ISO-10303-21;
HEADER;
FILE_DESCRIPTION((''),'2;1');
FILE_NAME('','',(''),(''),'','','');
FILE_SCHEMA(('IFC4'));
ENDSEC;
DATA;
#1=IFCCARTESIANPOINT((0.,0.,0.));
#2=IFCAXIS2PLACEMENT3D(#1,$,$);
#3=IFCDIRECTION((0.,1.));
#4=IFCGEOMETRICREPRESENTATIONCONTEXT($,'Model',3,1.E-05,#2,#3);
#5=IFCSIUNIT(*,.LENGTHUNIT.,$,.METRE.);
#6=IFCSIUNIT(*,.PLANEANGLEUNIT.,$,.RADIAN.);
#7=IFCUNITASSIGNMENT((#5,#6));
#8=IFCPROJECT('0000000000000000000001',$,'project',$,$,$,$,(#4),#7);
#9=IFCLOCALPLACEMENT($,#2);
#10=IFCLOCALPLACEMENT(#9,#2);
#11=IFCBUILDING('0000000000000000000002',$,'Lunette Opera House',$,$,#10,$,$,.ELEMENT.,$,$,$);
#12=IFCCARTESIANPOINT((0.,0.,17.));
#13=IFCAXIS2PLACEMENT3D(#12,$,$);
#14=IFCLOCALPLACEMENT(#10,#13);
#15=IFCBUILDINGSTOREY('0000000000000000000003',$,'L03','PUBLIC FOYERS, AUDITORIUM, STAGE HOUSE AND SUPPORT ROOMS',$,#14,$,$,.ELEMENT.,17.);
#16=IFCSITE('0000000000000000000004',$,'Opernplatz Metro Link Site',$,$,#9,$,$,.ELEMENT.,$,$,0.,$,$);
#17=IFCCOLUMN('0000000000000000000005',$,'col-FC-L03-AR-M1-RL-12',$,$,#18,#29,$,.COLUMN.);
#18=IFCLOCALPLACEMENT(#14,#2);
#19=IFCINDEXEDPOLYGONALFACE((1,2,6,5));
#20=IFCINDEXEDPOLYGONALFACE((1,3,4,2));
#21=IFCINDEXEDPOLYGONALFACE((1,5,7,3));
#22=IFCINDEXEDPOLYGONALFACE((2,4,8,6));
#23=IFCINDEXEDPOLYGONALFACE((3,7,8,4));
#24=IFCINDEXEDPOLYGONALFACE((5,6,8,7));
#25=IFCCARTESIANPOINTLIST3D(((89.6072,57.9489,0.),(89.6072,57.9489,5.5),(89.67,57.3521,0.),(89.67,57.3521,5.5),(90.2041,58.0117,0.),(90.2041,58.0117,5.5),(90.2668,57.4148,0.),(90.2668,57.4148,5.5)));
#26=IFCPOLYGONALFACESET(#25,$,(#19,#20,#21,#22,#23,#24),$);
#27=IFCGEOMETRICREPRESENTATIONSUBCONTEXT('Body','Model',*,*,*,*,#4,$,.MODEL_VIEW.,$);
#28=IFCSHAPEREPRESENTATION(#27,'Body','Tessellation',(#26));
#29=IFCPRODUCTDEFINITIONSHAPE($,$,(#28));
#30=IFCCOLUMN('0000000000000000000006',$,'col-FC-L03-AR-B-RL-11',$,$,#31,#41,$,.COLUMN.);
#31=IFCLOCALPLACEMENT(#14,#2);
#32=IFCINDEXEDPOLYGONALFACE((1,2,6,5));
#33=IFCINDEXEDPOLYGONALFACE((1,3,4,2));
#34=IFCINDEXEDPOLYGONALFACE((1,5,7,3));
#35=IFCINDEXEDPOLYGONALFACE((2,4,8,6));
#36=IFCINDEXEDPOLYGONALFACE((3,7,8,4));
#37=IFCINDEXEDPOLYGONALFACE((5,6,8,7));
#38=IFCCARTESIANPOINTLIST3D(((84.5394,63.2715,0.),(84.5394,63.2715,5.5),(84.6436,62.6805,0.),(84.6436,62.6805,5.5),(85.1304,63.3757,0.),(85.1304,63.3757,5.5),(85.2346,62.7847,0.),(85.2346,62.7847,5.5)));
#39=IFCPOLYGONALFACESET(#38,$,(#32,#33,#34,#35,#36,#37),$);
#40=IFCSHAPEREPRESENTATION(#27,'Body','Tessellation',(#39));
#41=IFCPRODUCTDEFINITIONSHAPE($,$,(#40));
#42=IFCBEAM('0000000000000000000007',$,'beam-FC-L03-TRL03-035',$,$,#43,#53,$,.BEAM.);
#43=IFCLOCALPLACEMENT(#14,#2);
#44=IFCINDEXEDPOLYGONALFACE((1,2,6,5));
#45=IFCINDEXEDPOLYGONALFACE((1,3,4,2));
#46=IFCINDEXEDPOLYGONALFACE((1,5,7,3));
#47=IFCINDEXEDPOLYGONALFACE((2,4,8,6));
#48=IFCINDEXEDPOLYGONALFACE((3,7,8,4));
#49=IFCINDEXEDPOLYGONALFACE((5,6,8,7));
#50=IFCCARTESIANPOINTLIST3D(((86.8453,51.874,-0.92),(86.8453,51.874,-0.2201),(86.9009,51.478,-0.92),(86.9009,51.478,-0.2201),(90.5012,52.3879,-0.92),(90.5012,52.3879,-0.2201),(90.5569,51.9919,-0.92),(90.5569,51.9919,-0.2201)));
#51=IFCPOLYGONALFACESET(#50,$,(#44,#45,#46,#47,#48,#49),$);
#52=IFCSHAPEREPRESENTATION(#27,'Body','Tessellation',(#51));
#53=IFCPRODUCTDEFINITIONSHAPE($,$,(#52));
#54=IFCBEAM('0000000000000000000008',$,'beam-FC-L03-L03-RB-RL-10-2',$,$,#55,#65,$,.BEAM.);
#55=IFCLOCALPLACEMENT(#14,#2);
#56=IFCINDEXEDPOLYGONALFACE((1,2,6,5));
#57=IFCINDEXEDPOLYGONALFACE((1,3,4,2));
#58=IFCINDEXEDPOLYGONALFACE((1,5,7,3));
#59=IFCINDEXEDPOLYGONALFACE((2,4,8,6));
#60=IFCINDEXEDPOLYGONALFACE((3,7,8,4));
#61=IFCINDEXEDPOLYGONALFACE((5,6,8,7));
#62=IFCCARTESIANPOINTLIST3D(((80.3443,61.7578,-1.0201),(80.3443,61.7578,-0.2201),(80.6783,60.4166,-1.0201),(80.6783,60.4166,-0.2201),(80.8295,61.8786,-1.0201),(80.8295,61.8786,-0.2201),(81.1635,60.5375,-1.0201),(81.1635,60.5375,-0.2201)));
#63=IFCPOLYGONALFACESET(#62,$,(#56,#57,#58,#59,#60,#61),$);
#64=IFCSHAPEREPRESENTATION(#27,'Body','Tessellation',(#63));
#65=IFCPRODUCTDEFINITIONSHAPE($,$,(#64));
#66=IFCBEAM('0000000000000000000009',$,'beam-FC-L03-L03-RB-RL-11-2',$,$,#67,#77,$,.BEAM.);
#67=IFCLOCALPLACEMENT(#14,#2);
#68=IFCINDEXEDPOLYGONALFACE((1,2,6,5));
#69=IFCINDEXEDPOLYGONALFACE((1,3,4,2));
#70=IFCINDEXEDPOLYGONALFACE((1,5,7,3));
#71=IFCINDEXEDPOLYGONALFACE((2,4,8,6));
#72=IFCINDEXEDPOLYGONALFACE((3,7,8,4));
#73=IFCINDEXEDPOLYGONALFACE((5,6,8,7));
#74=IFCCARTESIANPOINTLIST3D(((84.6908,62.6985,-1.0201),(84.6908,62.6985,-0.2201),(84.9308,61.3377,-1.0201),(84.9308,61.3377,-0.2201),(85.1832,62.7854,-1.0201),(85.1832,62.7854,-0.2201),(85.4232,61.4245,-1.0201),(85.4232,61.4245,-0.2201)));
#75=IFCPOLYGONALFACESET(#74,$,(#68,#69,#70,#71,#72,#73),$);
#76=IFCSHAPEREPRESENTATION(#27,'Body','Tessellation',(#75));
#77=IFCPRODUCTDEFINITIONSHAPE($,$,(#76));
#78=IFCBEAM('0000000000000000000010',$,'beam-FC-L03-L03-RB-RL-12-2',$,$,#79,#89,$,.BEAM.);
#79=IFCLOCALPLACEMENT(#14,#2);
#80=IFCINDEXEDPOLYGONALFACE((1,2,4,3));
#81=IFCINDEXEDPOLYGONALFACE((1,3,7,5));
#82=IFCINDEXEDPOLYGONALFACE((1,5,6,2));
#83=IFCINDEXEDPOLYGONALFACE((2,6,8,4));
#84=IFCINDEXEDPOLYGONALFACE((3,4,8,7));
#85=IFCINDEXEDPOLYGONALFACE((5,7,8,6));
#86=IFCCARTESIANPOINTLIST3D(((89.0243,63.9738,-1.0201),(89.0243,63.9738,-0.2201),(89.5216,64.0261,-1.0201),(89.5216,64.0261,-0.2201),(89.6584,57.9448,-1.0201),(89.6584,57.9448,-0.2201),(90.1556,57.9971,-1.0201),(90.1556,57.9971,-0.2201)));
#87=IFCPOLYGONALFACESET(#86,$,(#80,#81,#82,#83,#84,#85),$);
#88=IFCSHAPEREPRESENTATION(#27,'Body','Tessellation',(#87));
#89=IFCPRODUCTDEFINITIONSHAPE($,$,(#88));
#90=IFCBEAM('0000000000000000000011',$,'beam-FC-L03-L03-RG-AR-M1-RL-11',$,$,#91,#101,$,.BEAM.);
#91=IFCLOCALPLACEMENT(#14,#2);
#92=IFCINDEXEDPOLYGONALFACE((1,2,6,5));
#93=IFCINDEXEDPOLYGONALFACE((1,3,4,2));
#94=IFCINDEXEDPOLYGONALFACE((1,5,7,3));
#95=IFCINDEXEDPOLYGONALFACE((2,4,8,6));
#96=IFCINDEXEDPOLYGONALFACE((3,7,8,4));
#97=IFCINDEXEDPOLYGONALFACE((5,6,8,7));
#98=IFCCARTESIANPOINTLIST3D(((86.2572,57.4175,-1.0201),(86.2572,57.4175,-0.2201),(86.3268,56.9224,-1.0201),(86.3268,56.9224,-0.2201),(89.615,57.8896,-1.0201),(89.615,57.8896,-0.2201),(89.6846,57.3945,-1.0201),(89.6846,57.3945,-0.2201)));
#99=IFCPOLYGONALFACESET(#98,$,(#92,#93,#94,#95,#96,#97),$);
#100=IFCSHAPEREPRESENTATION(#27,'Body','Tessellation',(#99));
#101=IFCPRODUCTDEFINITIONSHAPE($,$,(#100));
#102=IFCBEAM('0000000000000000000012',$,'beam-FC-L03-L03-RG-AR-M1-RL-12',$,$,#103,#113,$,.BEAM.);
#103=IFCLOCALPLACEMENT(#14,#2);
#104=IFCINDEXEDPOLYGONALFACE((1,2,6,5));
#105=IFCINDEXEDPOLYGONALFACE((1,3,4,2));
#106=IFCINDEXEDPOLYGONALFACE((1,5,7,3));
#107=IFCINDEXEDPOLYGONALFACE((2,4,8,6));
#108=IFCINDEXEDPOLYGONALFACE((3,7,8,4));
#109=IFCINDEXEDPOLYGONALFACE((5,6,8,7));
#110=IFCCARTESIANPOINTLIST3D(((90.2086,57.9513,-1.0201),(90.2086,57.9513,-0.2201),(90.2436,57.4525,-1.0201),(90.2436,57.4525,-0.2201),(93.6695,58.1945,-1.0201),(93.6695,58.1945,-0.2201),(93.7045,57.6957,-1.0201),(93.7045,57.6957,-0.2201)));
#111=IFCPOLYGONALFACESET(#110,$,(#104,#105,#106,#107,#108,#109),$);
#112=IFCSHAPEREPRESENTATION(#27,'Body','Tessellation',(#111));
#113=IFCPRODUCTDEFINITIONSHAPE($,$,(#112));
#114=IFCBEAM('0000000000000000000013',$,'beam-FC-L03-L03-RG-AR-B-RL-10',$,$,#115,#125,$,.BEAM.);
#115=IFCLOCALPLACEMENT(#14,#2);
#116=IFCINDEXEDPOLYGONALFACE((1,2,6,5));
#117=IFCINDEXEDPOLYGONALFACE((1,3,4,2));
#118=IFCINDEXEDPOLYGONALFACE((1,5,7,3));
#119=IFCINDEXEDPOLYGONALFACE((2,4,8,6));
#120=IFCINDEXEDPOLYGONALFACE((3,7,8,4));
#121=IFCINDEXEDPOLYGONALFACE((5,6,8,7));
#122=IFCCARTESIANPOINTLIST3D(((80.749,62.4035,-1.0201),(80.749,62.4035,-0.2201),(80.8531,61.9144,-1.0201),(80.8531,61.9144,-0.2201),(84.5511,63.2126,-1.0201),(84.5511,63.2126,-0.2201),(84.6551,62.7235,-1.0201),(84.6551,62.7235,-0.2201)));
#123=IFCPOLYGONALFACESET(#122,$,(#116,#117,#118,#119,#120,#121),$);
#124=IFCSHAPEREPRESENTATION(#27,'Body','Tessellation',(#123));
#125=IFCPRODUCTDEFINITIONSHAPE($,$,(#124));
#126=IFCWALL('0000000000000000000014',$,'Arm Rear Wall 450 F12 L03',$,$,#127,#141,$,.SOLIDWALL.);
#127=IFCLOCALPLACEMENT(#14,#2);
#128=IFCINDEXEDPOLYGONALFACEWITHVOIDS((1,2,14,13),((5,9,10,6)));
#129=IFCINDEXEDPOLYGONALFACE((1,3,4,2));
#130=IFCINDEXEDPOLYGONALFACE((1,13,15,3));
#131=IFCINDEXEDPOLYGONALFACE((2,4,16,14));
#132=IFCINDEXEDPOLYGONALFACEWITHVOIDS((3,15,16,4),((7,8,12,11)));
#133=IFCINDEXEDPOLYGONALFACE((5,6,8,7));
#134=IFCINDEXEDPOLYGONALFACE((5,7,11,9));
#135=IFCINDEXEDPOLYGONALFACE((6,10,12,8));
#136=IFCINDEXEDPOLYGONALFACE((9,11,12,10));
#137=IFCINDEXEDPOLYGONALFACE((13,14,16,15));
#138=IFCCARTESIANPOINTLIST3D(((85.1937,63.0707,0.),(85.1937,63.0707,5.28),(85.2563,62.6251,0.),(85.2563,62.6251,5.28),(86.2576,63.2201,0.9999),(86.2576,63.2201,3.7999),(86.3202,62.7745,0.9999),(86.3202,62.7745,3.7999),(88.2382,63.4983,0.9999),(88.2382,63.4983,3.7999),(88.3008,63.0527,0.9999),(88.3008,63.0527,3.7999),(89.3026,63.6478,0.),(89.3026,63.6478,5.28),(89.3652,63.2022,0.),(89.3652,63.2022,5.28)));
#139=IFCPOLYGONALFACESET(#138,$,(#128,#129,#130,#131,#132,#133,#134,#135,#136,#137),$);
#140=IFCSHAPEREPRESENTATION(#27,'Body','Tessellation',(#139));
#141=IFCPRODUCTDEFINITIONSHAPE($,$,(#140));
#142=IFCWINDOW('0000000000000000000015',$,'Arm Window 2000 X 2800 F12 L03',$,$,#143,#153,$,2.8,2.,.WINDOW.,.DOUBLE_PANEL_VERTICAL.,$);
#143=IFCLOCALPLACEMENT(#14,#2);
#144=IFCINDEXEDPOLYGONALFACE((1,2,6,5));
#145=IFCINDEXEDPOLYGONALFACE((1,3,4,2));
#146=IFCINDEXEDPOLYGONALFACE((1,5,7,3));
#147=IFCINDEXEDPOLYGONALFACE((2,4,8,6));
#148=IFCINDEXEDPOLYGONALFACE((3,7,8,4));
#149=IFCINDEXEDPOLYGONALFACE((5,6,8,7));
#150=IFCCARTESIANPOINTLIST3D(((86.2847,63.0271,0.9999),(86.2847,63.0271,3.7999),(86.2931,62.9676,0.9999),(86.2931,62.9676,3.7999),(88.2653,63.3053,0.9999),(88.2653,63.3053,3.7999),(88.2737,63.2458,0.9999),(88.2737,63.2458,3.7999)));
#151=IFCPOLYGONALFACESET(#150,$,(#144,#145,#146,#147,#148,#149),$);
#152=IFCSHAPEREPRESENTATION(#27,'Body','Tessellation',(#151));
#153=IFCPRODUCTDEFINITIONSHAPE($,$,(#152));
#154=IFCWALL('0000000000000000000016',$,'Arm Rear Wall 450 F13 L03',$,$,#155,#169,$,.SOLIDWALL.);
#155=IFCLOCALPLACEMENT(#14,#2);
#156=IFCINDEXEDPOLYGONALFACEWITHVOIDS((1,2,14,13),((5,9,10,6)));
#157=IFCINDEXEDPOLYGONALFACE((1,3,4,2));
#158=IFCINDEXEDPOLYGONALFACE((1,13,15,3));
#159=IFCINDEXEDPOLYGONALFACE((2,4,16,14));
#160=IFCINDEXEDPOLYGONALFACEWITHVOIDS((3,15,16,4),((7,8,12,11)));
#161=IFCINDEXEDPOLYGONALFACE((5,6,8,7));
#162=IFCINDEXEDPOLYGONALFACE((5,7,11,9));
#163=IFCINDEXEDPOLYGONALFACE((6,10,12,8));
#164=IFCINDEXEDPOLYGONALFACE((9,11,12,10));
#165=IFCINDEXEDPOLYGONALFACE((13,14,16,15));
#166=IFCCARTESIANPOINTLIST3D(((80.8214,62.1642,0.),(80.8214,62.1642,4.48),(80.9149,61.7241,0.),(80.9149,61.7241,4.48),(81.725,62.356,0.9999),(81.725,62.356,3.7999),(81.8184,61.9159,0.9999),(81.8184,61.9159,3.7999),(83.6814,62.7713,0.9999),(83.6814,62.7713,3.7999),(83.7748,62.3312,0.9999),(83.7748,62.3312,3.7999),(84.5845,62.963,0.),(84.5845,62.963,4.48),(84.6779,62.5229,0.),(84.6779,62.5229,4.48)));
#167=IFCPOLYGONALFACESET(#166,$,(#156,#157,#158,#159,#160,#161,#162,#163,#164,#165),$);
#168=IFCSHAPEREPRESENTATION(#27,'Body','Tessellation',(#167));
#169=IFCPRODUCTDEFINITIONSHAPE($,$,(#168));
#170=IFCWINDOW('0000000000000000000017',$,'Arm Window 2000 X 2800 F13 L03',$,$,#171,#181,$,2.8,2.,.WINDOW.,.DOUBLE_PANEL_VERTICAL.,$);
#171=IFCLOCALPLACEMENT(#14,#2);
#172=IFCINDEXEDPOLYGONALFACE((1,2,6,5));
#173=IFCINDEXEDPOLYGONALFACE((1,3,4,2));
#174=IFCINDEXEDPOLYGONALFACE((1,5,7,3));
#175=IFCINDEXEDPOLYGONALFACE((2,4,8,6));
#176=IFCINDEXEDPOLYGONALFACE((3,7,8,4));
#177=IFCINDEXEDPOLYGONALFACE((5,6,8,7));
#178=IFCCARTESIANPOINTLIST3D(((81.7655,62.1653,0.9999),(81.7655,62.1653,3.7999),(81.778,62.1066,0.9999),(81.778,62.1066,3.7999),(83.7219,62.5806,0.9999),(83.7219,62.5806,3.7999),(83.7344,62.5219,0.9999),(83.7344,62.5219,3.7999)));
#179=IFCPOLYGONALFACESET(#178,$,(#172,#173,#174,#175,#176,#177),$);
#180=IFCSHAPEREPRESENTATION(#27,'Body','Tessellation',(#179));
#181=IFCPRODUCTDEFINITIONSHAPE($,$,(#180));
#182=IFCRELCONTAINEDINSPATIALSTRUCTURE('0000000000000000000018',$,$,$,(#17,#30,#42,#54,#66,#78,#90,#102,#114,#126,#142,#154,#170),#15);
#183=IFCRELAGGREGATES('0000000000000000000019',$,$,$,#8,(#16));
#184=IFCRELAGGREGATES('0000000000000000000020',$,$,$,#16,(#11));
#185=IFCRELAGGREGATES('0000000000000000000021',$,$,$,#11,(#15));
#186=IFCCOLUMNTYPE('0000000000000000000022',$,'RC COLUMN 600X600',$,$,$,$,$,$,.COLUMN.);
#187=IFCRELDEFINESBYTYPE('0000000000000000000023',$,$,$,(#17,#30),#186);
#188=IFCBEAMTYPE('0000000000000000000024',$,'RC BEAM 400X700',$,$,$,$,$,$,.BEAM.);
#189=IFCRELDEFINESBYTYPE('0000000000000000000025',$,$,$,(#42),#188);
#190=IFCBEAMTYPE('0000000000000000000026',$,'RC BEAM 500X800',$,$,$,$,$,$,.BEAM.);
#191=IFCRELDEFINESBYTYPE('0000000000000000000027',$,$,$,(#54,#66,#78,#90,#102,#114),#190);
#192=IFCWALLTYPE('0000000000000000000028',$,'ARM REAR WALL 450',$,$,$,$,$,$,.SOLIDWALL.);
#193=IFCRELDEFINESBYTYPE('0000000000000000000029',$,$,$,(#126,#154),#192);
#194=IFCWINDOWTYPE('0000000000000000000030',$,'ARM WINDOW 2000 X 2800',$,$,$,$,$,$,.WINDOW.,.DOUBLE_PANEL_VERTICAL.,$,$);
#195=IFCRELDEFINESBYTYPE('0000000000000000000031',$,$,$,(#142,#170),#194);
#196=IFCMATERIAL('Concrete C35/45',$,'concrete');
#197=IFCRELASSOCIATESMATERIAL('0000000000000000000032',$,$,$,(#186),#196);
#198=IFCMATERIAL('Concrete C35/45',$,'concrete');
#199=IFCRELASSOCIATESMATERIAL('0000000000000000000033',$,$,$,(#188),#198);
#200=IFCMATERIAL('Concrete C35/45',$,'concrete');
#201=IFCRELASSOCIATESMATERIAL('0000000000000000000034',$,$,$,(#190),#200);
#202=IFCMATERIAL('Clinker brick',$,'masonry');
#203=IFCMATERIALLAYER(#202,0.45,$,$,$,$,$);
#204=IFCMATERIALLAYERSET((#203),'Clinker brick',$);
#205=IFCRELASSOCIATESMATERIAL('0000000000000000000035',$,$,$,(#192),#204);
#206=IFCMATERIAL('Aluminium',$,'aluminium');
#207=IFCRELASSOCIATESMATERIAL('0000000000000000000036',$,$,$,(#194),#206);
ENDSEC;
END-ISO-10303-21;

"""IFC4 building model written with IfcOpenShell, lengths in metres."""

from ifc_helpers import new_model, si_unit, direction, frame, frame_2d, origin, origin_2d, place, context, subcontext, project, spatial, rectangle, extrude, material, layer, layer_set, material_profile, profile_set, type_object, element, fill, save


model = new_model("IFC4")

# Units and contexts
model_context = context("Model", 3, precision=1e-05, world=origin(), true_north=direction((0.0, 1.0)))
body_context = subcontext(model_context, "Body", "Model", "MODEL_VIEW")
ifc_project = project(units=[si_unit("LENGTHUNIT", "METRE"), si_unit("PLANEANGLEUNIT", "RADIAN")], contexts=[model_context])

# Site, building, storey
site_placement = place(None, origin())
site = spatial("IfcSite", under=ifc_project, at=site_placement, Name="Opernplatz Metro Link Site", CompositionType="ELEMENT", RefElevation=0.0)
building_placement = place(site_placement, origin())
building = spatial("IfcBuilding", under=site, at=building_placement, Name="Lunette Opera House", CompositionType="ELEMENT")
storey_placement = place(building_placement, frame((0.0, 0.0, 17.0)))
storey = spatial("IfcBuildingStorey", under=building, at=storey_placement, Name="L03", Description="PUBLIC FOYERS, AUDITORIUM, STAGE HOUSE AND SUPPORT ROOMS", CompositionType="ELEMENT", Elevation=17.0)

# Columns
ifc_material_1 = material(Name="Concrete C35/45", Category="concrete")
ifc_material_profile_1 = material_profile(ifc_material_1, rectangle(XDim=0.6001, YDim=0.6001, at=origin_2d()), Name="RC COLUMN 600X600")
ifc_profile_set_1 = profile_set([ifc_material_profile_1], Name="Concrete C35/45")
column_type = type_object("IfcColumnType", Name="RC COLUMN 600X600", PredefinedType="COLUMN", material=ifc_profile_set_1)
for number, where, z_axis, x_axis, name in (
    (1, (89.937, 57.6819, 0.0), (0.0, 0.0, 1.0), (0.994522, 0.104528, 0.0), "col-FC-L03-AR-M1-RL-12"),
    (2, (84.887, 63.0281, 0.0), (0.0, 0.0, 1.0), (0.984808, 0.173648, 0.0), "col-FC-L03-AR-B-RL-11"),
):
    element("IfcColumn", number, at=place(storey_placement, frame(where, z_axis=z_axis, x_axis=x_axis)), inside=storey, type_object=column_type, Name=name, PredefinedType="COLUMN", context=body_context, shape_type="SweptSolid", body=[
        extrude(rectangle(XDim=0.6001, YDim=0.6001, at=origin_2d()), origin(), (0.0, 0.0, 1.0), 5.5),
    ])

# Beams
ifc_material_2 = material(Name="Concrete C35/45", Category="concrete")
ifc_material_profile_2 = material_profile(ifc_material_2, rectangle(XDim=0.3999, YDim=0.7, at=origin_2d()), Name="RC BEAM 400X700")
ifc_profile_set_2 = profile_set([ifc_material_profile_2], Name="Concrete C35/45")
beam_type_1 = type_object("IfcBeamType", Name="RC BEAM 400X700", PredefinedType="BEAM", material=ifc_profile_set_2)
beam_1_placement = place(storey_placement, frame((90.5291, 52.1899, -0.5701), z_axis=(-0.990264, -0.139199, 0.0), x_axis=(0.139199, -0.990264, 0.0)))
element("IfcBeam", 3, at=beam_1_placement, inside=storey, type_object=beam_type_1, Name="beam-FC-L03-TRL03-035", PredefinedType="BEAM", context=body_context, shape_type="SweptSolid", body=[
    extrude(rectangle(XDim=0.3999, YDim=0.7, at=origin_2d()), origin(), (0.0, 0.0, 1.0), 3.6919),
])
ifc_material_3 = material(Name="Concrete C35/45", Category="concrete")
ifc_material_profile_3 = material_profile(ifc_material_3, rectangle(XDim=0.5, YDim=0.8, at=origin_2d()), Name="RC BEAM 500X800")
ifc_profile_set_3 = profile_set([ifc_material_profile_3], Name="Concrete C35/45")
beam_type_2 = type_object("IfcBeamType", Name="RC BEAM 500X800", PredefinedType="BEAM", material=ifc_profile_set_3)
beam_2_placement = place(storey_placement, frame((80.9209, 60.4771, -0.6201), z_axis=(-0.241663, 0.97036, 0.0), x_axis=(-0.97036, -0.241663, 0.0)))
element("IfcBeam", 4, at=beam_2_placement, inside=storey, type_object=beam_type_2, Name="beam-FC-L03-L03-RB-RL-10-2", PredefinedType="BEAM", context=body_context, shape_type="SweptSolid", body=[
    extrude(rectangle(XDim=0.5, YDim=0.8, at=origin_2d()), origin(), (0.0, 0.0, 1.0), 1.3821),
])
beam_3_placement = place(storey_placement, frame((85.177, 61.3811, -0.6201), z_axis=(-0.173674, 0.984803, 0.0), x_axis=(-0.984803, -0.173674, 0.0)))
element("IfcBeam", 5, at=beam_3_placement, inside=storey, type_object=beam_type_2, Name="beam-FC-L03-L03-RB-RL-11-2", PredefinedType="BEAM", context=body_context, shape_type="SweptSolid", body=[
    extrude(rectangle(XDim=0.5, YDim=0.8, at=origin_2d()), origin(), (0.0, 0.0, 1.0), 1.3818),
])
beam_4_placement = place(storey_placement, frame((89.907, 57.9709, -0.6201), z_axis=(-0.104586, 0.994516, 0.0), x_axis=(-0.994516, -0.104586, 0.0)))
element("IfcBeam", 6, at=beam_4_placement, inside=storey, type_object=beam_type_2, Name="beam-FC-L03-L03-RB-RL-12-2", PredefinedType="BEAM", context=body_context, shape_type="SweptSolid", body=[
    extrude(rectangle(XDim=0.5, YDim=0.8, at=origin_2d()), origin(), (0.0, 0.0, 1.0), 6.0623),
])
beam_5_placement = place(storey_placement, frame((86.292, 57.1699, -0.6201), z_axis=(0.990258, 0.139244, 0.0), x_axis=(-0.139244, 0.990258, 0.0)))
element("IfcBeam", 7, at=beam_5_placement, inside=storey, type_object=beam_type_2, Name="beam-FC-L03-L03-RG-AR-M1-RL-11", PredefinedType="BEAM", context=body_context, shape_type="SweptSolid", body=[
    extrude(rectangle(XDim=0.5, YDim=0.8, at=origin_2d()), origin(), (0.0, 0.0, 1.0), 3.3909),
])
beam_6_placement = place(storey_placement, frame((90.2261, 57.7019, -0.6201), z_axis=(0.997541, 0.070087, 0.0), x_axis=(-0.070087, 0.997541, 0.0)))
element("IfcBeam", 8, at=beam_6_placement, inside=storey, type_object=beam_type_2, Name="beam-FC-L03-L03-RG-AR-M1-RL-12", PredefinedType="BEAM", context=body_context, shape_type="SweptSolid", body=[
    extrude(rectangle(XDim=0.5, YDim=0.8, at=origin_2d()), origin(), (0.0, 0.0, 1.0), 3.4695),
])
beam_7_placement = place(storey_placement, frame((80.801, 62.1589, -0.6201), z_axis=(0.978098, 0.208143, 0.0), x_axis=(-0.208143, 0.978098, 0.0)))
element("IfcBeam", 9, at=beam_7_placement, inside=storey, type_object=beam_type_2, Name="beam-FC-L03-L03-RG-AR-B-RL-10", PredefinedType="BEAM", context=body_context, shape_type="SweptSolid", body=[
    extrude(rectangle(XDim=0.5, YDim=0.8, at=origin_2d()), origin(), (0.0, 0.0, 1.0), 3.8872),
])

# Walls, openings, windows
ifc_material_4 = material(Name="Clinker brick", Category="masonry")
ifc_layer_1 = layer(ifc_material_4, 0.45)
ifc_layer_set_1 = layer_set([ifc_layer_1], Name="Clinker brick")
wall_type_1 = type_object("IfcWallType", Name="ARM REAR WALL 450", PredefinedType="SOLIDWALL", material=ifc_layer_set_1)
wall_1_placement = place(storey_placement, frame((89.334, 63.425, 0.0), z_axis=(0.0, 0.0, 1.0), x_axis=(-0.990279, -0.139098, 0.0)))
wall_1 = element("IfcWall", 10, at=wall_1_placement, inside=storey, type_object=wall_type_1, Name="Arm Rear Wall 450 F12 L03", PredefinedType="SOLIDWALL", context=body_context, shape_type="SweptSolid", body=[
    extrude(rectangle(XDim=4.1492, YDim=0.45, at=frame_2d((2.0747, 0.0))), origin(), (0.0, 0.0, 1.0), 5.28),
])
opening_1_placement = place(wall_1_placement, frame((1.075, 0.0, 1.0)))
opening_1 = element("IfcOpeningElement", 11, at=opening_1_placement, cuts=wall_1, PredefinedType="OPENING", context=body_context, shape_type="SweptSolid", body=[
    extrude(rectangle(XDim=2.0, YDim=2.8, at=frame_2d((1.0, 1.3999))), frame((0.0, 0.2371, 0.0), z_axis=(0.0, -1.0, 0.0), x_axis=(1.0, 0.0, 0.0)), (0.0, 0.0, 1.0), 0.4739),
])
ifc_material_5 = material(Name="Aluminium", Category="aluminium")
window_type = type_object("IfcWindowType", Name="ARM WINDOW 2000 X 2800", PartitioningType="DOUBLE_PANEL_VERTICAL", PredefinedType="WINDOW", material=ifc_material_5)
window_1_placement = place(opening_1_placement, origin())
window_1 = element("IfcWindow", 12, at=window_1_placement, inside=storey, type_object=window_type, Name="Arm Window 2000 X 2800 F12 L03", OverallHeight=2.8, OverallWidth=2.0, PartitioningType="DOUBLE_PANEL_VERTICAL", PredefinedType="WINDOW", context=body_context, shape_type="SweptSolid", body=[
    extrude(rectangle(XDim=2.0, YDim=2.8, at=frame_2d((1.0, 1.3999))), frame((0.0, 0.03, 0.0), z_axis=(0.0, -1.0, 0.0), x_axis=(1.0, 0.0, 0.0)), (0.0, 0.0, 1.0), 0.0601),
])
fill(opening_1, window_1)
wall_2_placement = place(storey_placement, frame((84.6311, 62.7429, 0.0), z_axis=(0.0, 0.0, 1.0), x_axis=(-0.978204, -0.207648, 0.0)))
wall_2 = element("IfcWall", 13, at=wall_2_placement, inside=storey, type_object=wall_type_1, Name="Arm Rear Wall 450 F13 L03", PredefinedType="SOLIDWALL", context=body_context, shape_type="SweptSolid", body=[
    extrude(rectangle(XDim=3.8469, YDim=0.45, at=frame_2d((1.9233, 0.0))), origin(), (0.0, 0.0, 1.0), 4.48),
])
opening_2_placement = place(wall_2_placement, frame((0.9231, 0.0, 1.0)))
opening_2 = element("IfcOpeningElement", 14, at=opening_2_placement, cuts=wall_2, PredefinedType="OPENING", context=body_context, shape_type="SweptSolid", body=[
    extrude(rectangle(XDim=2.0, YDim=2.8, at=frame_2d((1.0, 1.3999))), frame((0.0, 0.2371, 0.0), z_axis=(0.0, -1.0, 0.0), x_axis=(1.0, 0.0, 0.0)), (0.0, 0.0, 1.0), 0.4739),
])
window_2_placement = place(opening_2_placement, origin())
window_2 = element("IfcWindow", 15, at=window_2_placement, inside=storey, type_object=window_type, Name="Arm Window 2000 X 2800 F13 L03", OverallHeight=2.8, OverallWidth=2.0, PartitioningType="DOUBLE_PANEL_VERTICAL", PredefinedType="WINDOW", context=body_context, shape_type="SweptSolid", body=[
    extrude(rectangle(XDim=2.0, YDim=2.8, at=frame_2d((1.0, 1.3999))), frame((0.0, 0.03, 0.0), z_axis=(0.0, -1.0, 0.0), x_axis=(1.0, 0.0, 0.0)), (0.0, 0.0, 1.0), 0.0601),
])
fill(opening_2, window_2)

save(model, "model.ifc")
